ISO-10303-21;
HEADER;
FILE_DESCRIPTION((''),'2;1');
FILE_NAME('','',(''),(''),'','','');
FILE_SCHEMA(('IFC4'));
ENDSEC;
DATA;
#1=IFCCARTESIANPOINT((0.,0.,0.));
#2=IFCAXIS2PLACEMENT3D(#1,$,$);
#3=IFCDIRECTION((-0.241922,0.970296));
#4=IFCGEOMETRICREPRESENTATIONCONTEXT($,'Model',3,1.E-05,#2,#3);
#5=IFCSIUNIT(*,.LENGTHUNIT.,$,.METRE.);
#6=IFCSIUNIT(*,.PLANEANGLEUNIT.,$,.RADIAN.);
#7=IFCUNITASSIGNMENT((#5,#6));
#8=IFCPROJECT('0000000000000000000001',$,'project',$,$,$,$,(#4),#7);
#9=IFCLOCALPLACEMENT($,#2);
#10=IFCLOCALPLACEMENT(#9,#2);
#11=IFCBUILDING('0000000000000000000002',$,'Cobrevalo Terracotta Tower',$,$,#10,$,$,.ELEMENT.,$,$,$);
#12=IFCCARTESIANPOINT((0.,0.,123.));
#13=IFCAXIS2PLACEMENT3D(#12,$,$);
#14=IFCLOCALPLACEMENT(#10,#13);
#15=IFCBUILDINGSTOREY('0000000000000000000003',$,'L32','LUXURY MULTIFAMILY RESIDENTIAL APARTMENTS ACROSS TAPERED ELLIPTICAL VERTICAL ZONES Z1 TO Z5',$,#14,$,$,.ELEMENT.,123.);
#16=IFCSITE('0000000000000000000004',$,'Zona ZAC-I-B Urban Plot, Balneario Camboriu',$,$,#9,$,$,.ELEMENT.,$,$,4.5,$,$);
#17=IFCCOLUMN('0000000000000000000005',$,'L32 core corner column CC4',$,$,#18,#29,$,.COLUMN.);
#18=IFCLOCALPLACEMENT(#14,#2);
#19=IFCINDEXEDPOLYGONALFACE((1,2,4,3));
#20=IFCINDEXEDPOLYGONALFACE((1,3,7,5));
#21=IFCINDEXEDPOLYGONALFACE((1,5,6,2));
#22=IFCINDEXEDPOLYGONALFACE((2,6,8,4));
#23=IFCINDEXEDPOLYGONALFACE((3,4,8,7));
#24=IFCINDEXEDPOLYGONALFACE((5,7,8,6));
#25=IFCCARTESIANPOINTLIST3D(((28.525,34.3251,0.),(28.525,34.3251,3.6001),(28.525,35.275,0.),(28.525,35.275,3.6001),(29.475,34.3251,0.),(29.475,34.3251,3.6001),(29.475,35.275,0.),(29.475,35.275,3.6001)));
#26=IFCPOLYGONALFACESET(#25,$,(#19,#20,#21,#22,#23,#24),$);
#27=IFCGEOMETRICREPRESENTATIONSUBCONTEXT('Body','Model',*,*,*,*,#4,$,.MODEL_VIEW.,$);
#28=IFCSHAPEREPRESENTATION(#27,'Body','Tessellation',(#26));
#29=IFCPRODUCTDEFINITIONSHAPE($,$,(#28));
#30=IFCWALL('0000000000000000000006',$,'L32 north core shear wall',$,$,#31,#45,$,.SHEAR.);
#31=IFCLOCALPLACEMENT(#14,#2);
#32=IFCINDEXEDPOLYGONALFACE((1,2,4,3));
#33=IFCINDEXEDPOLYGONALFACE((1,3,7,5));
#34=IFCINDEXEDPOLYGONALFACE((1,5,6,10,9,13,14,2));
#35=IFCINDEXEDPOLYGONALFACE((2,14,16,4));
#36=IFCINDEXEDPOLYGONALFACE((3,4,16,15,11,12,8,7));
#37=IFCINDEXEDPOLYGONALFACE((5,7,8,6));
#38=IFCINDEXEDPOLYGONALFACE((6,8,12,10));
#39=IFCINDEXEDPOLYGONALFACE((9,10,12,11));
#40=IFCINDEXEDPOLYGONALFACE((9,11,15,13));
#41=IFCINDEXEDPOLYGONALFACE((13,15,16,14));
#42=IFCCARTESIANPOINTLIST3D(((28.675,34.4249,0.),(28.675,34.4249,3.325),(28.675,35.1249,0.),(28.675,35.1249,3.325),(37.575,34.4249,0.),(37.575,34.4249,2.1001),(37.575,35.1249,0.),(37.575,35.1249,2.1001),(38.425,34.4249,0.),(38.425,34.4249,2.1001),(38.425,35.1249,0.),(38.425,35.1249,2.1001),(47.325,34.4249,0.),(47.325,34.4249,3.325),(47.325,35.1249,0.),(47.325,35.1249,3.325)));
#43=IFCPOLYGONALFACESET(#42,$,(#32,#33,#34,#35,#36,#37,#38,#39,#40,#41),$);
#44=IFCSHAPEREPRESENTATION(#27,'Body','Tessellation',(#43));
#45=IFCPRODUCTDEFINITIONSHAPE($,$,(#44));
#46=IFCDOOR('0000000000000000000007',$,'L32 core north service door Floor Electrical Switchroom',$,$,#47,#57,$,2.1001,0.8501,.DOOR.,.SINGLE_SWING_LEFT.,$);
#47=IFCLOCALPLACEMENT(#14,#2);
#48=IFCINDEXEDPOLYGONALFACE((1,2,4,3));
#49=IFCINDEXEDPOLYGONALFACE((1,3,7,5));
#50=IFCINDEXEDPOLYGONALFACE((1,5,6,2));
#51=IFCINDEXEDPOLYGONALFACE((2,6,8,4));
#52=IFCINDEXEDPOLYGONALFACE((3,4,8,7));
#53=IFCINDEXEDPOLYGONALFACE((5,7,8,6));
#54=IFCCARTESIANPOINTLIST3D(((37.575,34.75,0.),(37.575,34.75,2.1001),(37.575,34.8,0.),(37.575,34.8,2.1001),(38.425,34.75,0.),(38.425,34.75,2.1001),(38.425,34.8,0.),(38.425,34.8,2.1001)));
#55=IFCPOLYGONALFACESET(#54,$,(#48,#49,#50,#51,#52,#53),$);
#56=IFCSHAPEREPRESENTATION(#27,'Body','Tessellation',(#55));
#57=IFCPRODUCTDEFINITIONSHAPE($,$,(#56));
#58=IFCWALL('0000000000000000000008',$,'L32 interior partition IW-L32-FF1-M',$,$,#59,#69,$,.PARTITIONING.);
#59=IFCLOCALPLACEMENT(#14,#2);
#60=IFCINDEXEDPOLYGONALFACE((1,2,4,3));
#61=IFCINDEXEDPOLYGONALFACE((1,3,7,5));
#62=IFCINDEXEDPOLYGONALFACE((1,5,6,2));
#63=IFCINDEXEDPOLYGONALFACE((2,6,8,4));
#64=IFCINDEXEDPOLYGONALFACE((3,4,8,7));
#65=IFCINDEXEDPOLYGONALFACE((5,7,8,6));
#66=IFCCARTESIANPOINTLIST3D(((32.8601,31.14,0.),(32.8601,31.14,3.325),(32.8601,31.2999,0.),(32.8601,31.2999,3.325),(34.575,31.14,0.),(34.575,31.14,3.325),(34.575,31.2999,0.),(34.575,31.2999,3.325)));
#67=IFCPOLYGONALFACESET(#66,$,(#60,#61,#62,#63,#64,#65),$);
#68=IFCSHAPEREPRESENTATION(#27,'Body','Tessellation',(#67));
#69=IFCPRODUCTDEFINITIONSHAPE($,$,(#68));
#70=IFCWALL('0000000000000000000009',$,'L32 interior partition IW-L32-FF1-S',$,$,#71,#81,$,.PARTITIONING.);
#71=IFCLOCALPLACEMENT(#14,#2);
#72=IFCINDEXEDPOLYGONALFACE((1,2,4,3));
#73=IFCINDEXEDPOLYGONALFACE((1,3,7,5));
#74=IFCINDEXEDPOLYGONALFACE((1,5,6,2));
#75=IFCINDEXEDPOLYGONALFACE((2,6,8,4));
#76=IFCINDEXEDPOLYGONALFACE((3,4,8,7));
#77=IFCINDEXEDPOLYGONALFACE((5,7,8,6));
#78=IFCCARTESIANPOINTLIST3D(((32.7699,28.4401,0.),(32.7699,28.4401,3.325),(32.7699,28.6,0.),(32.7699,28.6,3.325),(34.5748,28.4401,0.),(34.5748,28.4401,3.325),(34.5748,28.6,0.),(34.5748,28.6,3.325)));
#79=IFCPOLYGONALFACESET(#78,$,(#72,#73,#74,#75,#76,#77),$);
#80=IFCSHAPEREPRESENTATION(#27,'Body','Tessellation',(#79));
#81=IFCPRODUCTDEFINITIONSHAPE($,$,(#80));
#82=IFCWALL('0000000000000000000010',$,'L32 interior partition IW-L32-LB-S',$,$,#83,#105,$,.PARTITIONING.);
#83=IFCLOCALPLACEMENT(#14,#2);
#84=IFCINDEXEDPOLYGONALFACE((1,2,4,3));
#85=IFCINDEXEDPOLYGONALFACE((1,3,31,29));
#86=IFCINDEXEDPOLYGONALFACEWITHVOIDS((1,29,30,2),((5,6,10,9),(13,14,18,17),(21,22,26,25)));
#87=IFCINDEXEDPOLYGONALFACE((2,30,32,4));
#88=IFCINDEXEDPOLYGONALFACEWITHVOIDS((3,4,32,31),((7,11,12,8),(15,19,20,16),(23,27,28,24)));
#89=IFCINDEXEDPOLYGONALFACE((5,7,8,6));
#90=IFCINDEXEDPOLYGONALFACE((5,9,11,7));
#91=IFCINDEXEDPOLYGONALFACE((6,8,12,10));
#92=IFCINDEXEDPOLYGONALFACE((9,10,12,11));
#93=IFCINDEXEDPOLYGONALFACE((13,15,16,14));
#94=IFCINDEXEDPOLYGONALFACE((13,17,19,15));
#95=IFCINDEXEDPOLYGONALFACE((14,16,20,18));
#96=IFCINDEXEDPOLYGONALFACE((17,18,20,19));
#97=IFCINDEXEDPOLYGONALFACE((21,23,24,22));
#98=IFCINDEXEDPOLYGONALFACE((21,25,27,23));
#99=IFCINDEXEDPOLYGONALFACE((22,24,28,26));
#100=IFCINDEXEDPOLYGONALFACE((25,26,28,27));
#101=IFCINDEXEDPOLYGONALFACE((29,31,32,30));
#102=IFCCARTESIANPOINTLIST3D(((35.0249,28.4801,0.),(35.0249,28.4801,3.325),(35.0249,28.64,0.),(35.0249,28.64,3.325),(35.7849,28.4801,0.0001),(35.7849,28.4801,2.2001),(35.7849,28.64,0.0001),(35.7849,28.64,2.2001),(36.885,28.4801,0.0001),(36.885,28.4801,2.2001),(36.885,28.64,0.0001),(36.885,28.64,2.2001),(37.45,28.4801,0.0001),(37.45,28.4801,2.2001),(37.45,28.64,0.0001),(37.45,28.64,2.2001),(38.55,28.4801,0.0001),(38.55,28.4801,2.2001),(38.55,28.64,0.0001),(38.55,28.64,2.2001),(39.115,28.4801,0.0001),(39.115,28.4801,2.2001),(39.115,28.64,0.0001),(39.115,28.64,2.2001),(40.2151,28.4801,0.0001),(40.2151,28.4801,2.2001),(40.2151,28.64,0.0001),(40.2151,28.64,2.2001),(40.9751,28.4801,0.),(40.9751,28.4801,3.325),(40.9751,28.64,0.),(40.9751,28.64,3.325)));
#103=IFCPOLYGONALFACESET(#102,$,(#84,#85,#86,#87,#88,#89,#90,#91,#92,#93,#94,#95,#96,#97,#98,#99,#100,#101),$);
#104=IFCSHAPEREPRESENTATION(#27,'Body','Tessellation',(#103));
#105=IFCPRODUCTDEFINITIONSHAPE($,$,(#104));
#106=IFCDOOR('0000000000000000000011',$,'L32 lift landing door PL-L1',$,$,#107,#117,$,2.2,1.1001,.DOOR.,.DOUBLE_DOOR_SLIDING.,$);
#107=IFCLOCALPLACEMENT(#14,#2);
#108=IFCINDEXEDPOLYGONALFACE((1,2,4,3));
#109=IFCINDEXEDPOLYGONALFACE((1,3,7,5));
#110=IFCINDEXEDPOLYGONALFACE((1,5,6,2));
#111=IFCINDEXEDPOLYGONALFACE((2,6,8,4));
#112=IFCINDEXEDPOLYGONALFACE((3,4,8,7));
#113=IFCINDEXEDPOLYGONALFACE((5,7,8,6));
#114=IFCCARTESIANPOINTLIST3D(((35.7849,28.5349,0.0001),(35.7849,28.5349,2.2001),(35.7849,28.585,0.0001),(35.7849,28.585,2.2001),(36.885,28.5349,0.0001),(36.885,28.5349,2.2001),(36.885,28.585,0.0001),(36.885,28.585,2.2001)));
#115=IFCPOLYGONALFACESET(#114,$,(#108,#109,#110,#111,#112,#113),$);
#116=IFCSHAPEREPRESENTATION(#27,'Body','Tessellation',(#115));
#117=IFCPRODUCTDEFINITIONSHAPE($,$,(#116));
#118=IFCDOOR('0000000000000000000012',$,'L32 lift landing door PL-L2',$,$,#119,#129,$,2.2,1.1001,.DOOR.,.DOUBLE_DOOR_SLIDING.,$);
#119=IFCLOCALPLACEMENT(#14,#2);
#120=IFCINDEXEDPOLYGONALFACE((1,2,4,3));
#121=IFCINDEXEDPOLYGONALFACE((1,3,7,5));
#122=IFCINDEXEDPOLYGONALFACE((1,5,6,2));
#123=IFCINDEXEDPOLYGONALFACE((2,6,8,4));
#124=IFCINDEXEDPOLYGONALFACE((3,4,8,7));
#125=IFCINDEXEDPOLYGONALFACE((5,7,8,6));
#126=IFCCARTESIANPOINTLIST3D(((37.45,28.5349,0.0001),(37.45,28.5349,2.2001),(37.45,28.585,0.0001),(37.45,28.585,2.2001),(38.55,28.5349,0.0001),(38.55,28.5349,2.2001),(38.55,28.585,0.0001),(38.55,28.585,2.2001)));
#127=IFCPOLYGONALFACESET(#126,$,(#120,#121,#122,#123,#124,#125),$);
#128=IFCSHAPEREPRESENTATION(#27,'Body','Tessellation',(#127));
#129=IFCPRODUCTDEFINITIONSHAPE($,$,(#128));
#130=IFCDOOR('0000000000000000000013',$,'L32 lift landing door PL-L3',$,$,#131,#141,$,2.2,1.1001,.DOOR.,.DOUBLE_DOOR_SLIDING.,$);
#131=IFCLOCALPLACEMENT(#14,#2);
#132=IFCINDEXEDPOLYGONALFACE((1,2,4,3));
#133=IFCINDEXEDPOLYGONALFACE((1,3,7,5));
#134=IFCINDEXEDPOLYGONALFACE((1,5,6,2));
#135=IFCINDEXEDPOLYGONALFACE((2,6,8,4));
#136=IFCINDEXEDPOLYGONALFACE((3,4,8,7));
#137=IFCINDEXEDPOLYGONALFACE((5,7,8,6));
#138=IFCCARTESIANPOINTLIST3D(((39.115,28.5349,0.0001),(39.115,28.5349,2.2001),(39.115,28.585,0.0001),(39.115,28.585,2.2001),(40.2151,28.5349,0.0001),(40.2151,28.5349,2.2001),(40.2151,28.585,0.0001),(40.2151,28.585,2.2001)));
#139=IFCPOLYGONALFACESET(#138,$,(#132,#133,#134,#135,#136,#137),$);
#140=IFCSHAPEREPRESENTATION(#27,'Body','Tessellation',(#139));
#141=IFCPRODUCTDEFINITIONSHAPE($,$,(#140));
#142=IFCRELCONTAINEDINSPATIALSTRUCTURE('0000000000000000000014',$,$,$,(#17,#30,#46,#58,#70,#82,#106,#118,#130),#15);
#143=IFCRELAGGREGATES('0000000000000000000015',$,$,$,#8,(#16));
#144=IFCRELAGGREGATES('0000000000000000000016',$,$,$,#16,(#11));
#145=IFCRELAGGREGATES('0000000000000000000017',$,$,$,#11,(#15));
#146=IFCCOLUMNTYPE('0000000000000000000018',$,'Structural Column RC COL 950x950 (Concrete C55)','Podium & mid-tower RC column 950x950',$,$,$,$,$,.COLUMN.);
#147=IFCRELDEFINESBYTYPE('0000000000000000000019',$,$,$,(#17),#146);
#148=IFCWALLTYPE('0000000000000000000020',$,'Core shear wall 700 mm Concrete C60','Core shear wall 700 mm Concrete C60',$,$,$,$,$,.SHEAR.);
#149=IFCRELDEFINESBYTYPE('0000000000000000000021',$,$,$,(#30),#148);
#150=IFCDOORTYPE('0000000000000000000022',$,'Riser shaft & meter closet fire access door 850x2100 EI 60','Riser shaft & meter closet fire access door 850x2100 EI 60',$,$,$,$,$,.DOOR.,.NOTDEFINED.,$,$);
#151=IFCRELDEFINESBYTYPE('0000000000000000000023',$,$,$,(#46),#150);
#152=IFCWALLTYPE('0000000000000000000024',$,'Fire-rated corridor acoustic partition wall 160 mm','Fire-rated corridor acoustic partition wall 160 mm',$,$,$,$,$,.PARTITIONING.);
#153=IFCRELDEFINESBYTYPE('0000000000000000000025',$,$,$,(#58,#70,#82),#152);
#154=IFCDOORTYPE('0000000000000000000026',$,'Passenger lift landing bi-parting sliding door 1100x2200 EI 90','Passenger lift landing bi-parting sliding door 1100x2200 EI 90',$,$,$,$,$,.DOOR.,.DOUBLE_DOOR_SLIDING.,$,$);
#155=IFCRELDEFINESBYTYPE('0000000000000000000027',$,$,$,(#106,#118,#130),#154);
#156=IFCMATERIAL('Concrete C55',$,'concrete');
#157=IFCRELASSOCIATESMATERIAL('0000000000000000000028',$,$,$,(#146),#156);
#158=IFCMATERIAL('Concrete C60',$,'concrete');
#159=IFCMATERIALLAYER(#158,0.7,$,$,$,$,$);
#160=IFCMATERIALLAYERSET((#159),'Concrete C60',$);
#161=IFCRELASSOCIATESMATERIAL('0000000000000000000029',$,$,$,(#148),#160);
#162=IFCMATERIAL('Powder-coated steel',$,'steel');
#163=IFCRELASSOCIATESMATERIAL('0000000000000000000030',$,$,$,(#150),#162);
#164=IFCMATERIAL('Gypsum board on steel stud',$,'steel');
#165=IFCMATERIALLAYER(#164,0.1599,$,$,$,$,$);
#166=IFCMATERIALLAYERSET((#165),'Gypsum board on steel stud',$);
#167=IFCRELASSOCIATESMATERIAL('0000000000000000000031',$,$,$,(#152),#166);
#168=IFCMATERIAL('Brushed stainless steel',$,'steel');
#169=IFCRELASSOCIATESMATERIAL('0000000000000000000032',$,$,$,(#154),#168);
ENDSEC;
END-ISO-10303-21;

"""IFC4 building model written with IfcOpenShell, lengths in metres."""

from ifc_helpers import new_model, si_unit, direction, frame, frame_2d, origin, origin_2d, place, context, subcontext, project, spatial, rectangle, extrude, source, transform, mapped, material, layer, layer_set, material_profile, profile_set, type_object, element, fill, save


model = new_model("IFC4")

# Units and contexts
model_context = context("Model", 3, precision=1e-05, world=origin(), true_north=direction((-0.241922, 0.970296)))
body_context = subcontext(model_context, "Body", "Model", "MODEL_VIEW")
ifc_project = project(units=[si_unit("LENGTHUNIT", "METRE"), si_unit("PLANEANGLEUNIT", "RADIAN")], contexts=[model_context])

# Site, building, storey
site_placement = place(None, origin())
site = spatial("IfcSite", under=ifc_project, at=site_placement, Name="Zona ZAC-I-B Urban Plot, Balneario Camboriu", CompositionType="ELEMENT", RefElevation=4.5)
building_placement = place(site_placement, origin())
building = spatial("IfcBuilding", under=site, at=building_placement, Name="Cobrevalo Terracotta Tower", CompositionType="ELEMENT")
storey_placement = place(building_placement, frame((0.0, 0.0, 123.0)))
storey = spatial("IfcBuildingStorey", under=building, at=storey_placement, Name="L32", Description="LUXURY MULTIFAMILY RESIDENTIAL APARTMENTS ACROSS TAPERED ELLIPTICAL VERTICAL ZONES Z1 TO Z5", CompositionType="ELEMENT", Elevation=123.0)

# Column
ifc_material_1 = material(Name="Concrete C55", Category="concrete")
ifc_material_profile = material_profile(ifc_material_1, rectangle(XDim=0.95, YDim=0.95, at=origin_2d()), Name="RC COL 950x950")
ifc_profile_set = profile_set([ifc_material_profile], Name="Concrete C55")
column_type = type_object("IfcColumnType", Name="Structural Column RC COL 950x950 (Concrete C55)", Description="Podium & mid-tower RC column 950x950", PredefinedType="COLUMN", material=ifc_profile_set)
column_placement = place(storey_placement, frame((29.0, 34.8, 0.0), z_axis=(0.0, 0.0, 1.0), x_axis=(1.0, 0.0, 0.0)))
element("IfcColumn", 1, at=column_placement, inside=storey, type_object=column_type, Name="L32 core corner column CC4", PredefinedType="COLUMN", context=body_context, shape_type="SweptSolid", body=[
    extrude(rectangle(XDim=0.95, YDim=0.95, at=origin_2d()), origin(), (0.0, 0.0, 1.0), 3.6001),
])

# Wall, opening, door
ifc_material_2 = material(Name="Concrete C60", Category="concrete")
ifc_layer_1 = layer(ifc_material_2, 0.7)
ifc_layer_set_1 = layer_set([ifc_layer_1], Name="Concrete C60")
wall_type_1 = type_object("IfcWallType", Name="Core shear wall 700 mm Concrete C60", Description="Core shear wall 700 mm Concrete C60", PredefinedType="SHEAR", material=ifc_layer_set_1)
wall_1_placement = place(storey_placement, frame((28.675, 34.7749, 0.0), z_axis=(0.0, 0.0, 1.0), x_axis=(1.0, 0.0, 0.0)))
wall_1 = element("IfcWall", 2, at=wall_1_placement, inside=storey, type_object=wall_type_1, Name="L32 north core shear wall", PredefinedType="SHEAR", context=body_context, shape_type="SweptSolid", body=[
    extrude(rectangle(XDim=18.6499, YDim=0.7, at=frame_2d((9.325, 0.0))), origin(), (0.0, 0.0, 1.0), 3.325),
])
opening_1_placement = place(wall_1_placement, frame((8.8999, 0.0, 0.0)))
opening_1 = element("IfcOpeningElement", 3, at=opening_1_placement, cuts=wall_1, PredefinedType="OPENING", context=body_context, shape_type="SweptSolid", body=[
    extrude(rectangle(XDim=0.8501, YDim=2.1001, at=frame_2d((0.425, 1.05))), frame((0.0, 0.3599, 0.0), z_axis=(0.0, -1.0, 0.0), x_axis=(1.0, 0.0, 0.0)), (0.0, 0.0, 1.0), 0.72),
])
ifc_material_3 = material(Name="Powder-coated steel", Category="steel")
door_type_1 = type_object("IfcDoorType", Name="Riser shaft & meter closet fire access door 850x2100 EI 60", Description="Riser shaft & meter closet fire access door 850x2100 EI 60", OperationType="NOTDEFINED", PredefinedType="DOOR", material=ifc_material_3)
shared_shape_1 = source(origin(), body_context, "Body", "SweptSolid", [
    extrude(rectangle(XDim=0.8501, YDim=2.1001, at=frame_2d((0.425, 1.05))), frame((0.0, 0.0249, 0.0), z_axis=(0.0, -1.0, 0.0), x_axis=(1.0, 0.0, 0.0)), (0.0, 0.0, 1.0), 0.05),
])
door_1_placement = place(opening_1_placement, frame((0.8501, 0.0, 0.0), z_axis=(0.0, 0.0, 1.0), x_axis=(-1.0, 0.0, 0.0)))
door_1 = element("IfcDoor", 4, at=door_1_placement, inside=storey, type_object=door_type_1, Name="L32 core north service door Floor Electrical Switchroom", OperationType="SINGLE_SWING_LEFT", OverallHeight=2.1001, OverallWidth=0.8501, PredefinedType="DOOR", context=body_context, shape_type="MappedRepresentation", body=[
    mapped(shared_shape_1, transform((0.0, 0.0, 0.0), scale=1.0)),
])
fill(opening_1, door_1)

# Walls
ifc_material_4 = material(Name="Gypsum board on steel stud", Category="steel")
ifc_layer_2 = layer(ifc_material_4, 0.1599)
ifc_layer_set_2 = layer_set([ifc_layer_2], Name="Gypsum board on steel stud")
wall_type_2 = type_object("IfcWallType", Name="Fire-rated corridor acoustic partition wall 160 mm", Description="Fire-rated corridor acoustic partition wall 160 mm", PredefinedType="PARTITIONING", material=ifc_layer_set_2)
wall_2_placement = place(storey_placement, frame((32.8601, 31.22, 0.0), z_axis=(0.0, 0.0, 1.0), x_axis=(1.0, 0.0, 0.0)))
element("IfcWall", 5, at=wall_2_placement, inside=storey, type_object=wall_type_2, Name="L32 interior partition IW-L32-FF1-M", PredefinedType="PARTITIONING", context=body_context, shape_type="SweptSolid", body=[
    extrude(rectangle(XDim=1.7148, YDim=0.1599, at=frame_2d((0.8574, 0.0))), origin(), (0.0, 0.0, 1.0), 3.325),
])
wall_3_placement = place(storey_placement, frame((32.77, 28.52, 0.0), z_axis=(0.0, 0.0, 1.0), x_axis=(1.0, 0.0, 0.0)))
element("IfcWall", 6, at=wall_3_placement, inside=storey, type_object=wall_type_2, Name="L32 interior partition IW-L32-FF1-S", PredefinedType="PARTITIONING", context=body_context, shape_type="SweptSolid", body=[
    extrude(rectangle(XDim=1.8049, YDim=0.1599, at=frame_2d((0.9023, 0.0))), origin(), (0.0, 0.0, 1.0), 3.325),
])

# Wall, openings, doors
wall_4_placement = place(storey_placement, frame((35.0249, 28.5601, 0.0), z_axis=(0.0, 0.0, 1.0), x_axis=(1.0, 0.0, 0.0)))
wall_4 = element("IfcWall", 7, at=wall_4_placement, inside=storey, type_object=wall_type_2, Name="L32 interior partition IW-L32-LB-S", PredefinedType="PARTITIONING", context=body_context, shape_type="SweptSolid", body=[
    extrude(rectangle(XDim=5.9502, YDim=0.1599, at=frame_2d((2.9751, 0.0))), origin(), (0.0, 0.0, 1.0), 3.325),
])
opening_2_placement = place(wall_4_placement, frame((0.76, 0.0, 0.0)))
opening_2 = element("IfcOpeningElement", 8, at=opening_2_placement, cuts=wall_4, PredefinedType="OPENING", context=body_context, shape_type="SweptSolid", body=[
    extrude(rectangle(XDim=1.1001, YDim=2.2, at=frame_2d((0.55, 1.1001))), frame((0.0, 0.0898, 0.0), z_axis=(0.0, -1.0, 0.0), x_axis=(1.0, 0.0, 0.0)), (0.0, 0.0, 1.0), 0.1799),
])
opening_3_placement = place(wall_4_placement, frame((2.425, 0.0, 0.0)))
opening_3 = element("IfcOpeningElement", 9, at=opening_3_placement, cuts=wall_4, PredefinedType="OPENING", context=body_context, shape_type="SweptSolid", body=[
    extrude(rectangle(XDim=1.1001, YDim=2.2, at=frame_2d((0.55, 1.1001))), frame((0.0, 0.0898, 0.0), z_axis=(0.0, -1.0, 0.0), x_axis=(1.0, 0.0, 0.0)), (0.0, 0.0, 1.0), 0.1799),
])
opening_4_placement = place(wall_4_placement, frame((4.0901, 0.0, 0.0)))
opening_4 = element("IfcOpeningElement", 10, at=opening_4_placement, cuts=wall_4, PredefinedType="OPENING", context=body_context, shape_type="SweptSolid", body=[
    extrude(rectangle(XDim=1.1001, YDim=2.2, at=frame_2d((0.55, 1.1001))), frame((0.0, 0.0898, 0.0), z_axis=(0.0, -1.0, 0.0), x_axis=(1.0, 0.0, 0.0)), (0.0, 0.0, 1.0), 0.1799),
])
ifc_material_5 = material(Name="Brushed stainless steel", Category="steel")
door_type_2 = type_object("IfcDoorType", Name="Passenger lift landing bi-parting sliding door 1100x2200 EI 90", Description="Passenger lift landing bi-parting sliding door 1100x2200 EI 90", OperationType="DOUBLE_DOOR_SLIDING", PredefinedType="DOOR", material=ifc_material_5)
shared_shape_2 = source(origin(), body_context, "Body", "SweptSolid", [
    extrude(rectangle(XDim=1.1001, YDim=2.2, at=frame_2d((0.55, 1.1001))), frame((0.0, 0.0249, 0.0), z_axis=(0.0, -1.0, 0.0), x_axis=(1.0, 0.0, 0.0)), (0.0, 0.0, 1.0), 0.05),
])
door_2_placement = place(opening_2_placement, origin())
door_2 = element("IfcDoor", 11, at=door_2_placement, inside=storey, type_object=door_type_2, Name="L32 lift landing door PL-L1", OperationType="DOUBLE_DOOR_SLIDING", OverallHeight=2.2, OverallWidth=1.1001, PredefinedType="DOOR", context=body_context, shape_type="MappedRepresentation", body=[
    mapped(shared_shape_2, transform((0.0, 0.0, 0.0), scale=1.0)),
])
fill(opening_2, door_2)
door_3_placement = place(opening_3_placement, origin())
door_3 = element("IfcDoor", 12, at=door_3_placement, inside=storey, type_object=door_type_2, Name="L32 lift landing door PL-L2", OperationType="DOUBLE_DOOR_SLIDING", OverallHeight=2.2, OverallWidth=1.1001, PredefinedType="DOOR", context=body_context, shape_type="MappedRepresentation", body=[
    mapped(shared_shape_2, transform((0.0, 0.0, 0.0), scale=1.0)),
])
fill(opening_3, door_3)
door_4_placement = place(opening_4_placement, origin())
door_4 = element("IfcDoor", 13, at=door_4_placement, inside=storey, type_object=door_type_2, Name="L32 lift landing door PL-L3", OperationType="DOUBLE_DOOR_SLIDING", OverallHeight=2.2, OverallWidth=1.1001, PredefinedType="DOOR", context=body_context, shape_type="MappedRepresentation", body=[
    mapped(shared_shape_2, transform((0.0, 0.0, 0.0), scale=1.0)),
])
fill(opening_4, door_4)

save(model, "model.ifc")
